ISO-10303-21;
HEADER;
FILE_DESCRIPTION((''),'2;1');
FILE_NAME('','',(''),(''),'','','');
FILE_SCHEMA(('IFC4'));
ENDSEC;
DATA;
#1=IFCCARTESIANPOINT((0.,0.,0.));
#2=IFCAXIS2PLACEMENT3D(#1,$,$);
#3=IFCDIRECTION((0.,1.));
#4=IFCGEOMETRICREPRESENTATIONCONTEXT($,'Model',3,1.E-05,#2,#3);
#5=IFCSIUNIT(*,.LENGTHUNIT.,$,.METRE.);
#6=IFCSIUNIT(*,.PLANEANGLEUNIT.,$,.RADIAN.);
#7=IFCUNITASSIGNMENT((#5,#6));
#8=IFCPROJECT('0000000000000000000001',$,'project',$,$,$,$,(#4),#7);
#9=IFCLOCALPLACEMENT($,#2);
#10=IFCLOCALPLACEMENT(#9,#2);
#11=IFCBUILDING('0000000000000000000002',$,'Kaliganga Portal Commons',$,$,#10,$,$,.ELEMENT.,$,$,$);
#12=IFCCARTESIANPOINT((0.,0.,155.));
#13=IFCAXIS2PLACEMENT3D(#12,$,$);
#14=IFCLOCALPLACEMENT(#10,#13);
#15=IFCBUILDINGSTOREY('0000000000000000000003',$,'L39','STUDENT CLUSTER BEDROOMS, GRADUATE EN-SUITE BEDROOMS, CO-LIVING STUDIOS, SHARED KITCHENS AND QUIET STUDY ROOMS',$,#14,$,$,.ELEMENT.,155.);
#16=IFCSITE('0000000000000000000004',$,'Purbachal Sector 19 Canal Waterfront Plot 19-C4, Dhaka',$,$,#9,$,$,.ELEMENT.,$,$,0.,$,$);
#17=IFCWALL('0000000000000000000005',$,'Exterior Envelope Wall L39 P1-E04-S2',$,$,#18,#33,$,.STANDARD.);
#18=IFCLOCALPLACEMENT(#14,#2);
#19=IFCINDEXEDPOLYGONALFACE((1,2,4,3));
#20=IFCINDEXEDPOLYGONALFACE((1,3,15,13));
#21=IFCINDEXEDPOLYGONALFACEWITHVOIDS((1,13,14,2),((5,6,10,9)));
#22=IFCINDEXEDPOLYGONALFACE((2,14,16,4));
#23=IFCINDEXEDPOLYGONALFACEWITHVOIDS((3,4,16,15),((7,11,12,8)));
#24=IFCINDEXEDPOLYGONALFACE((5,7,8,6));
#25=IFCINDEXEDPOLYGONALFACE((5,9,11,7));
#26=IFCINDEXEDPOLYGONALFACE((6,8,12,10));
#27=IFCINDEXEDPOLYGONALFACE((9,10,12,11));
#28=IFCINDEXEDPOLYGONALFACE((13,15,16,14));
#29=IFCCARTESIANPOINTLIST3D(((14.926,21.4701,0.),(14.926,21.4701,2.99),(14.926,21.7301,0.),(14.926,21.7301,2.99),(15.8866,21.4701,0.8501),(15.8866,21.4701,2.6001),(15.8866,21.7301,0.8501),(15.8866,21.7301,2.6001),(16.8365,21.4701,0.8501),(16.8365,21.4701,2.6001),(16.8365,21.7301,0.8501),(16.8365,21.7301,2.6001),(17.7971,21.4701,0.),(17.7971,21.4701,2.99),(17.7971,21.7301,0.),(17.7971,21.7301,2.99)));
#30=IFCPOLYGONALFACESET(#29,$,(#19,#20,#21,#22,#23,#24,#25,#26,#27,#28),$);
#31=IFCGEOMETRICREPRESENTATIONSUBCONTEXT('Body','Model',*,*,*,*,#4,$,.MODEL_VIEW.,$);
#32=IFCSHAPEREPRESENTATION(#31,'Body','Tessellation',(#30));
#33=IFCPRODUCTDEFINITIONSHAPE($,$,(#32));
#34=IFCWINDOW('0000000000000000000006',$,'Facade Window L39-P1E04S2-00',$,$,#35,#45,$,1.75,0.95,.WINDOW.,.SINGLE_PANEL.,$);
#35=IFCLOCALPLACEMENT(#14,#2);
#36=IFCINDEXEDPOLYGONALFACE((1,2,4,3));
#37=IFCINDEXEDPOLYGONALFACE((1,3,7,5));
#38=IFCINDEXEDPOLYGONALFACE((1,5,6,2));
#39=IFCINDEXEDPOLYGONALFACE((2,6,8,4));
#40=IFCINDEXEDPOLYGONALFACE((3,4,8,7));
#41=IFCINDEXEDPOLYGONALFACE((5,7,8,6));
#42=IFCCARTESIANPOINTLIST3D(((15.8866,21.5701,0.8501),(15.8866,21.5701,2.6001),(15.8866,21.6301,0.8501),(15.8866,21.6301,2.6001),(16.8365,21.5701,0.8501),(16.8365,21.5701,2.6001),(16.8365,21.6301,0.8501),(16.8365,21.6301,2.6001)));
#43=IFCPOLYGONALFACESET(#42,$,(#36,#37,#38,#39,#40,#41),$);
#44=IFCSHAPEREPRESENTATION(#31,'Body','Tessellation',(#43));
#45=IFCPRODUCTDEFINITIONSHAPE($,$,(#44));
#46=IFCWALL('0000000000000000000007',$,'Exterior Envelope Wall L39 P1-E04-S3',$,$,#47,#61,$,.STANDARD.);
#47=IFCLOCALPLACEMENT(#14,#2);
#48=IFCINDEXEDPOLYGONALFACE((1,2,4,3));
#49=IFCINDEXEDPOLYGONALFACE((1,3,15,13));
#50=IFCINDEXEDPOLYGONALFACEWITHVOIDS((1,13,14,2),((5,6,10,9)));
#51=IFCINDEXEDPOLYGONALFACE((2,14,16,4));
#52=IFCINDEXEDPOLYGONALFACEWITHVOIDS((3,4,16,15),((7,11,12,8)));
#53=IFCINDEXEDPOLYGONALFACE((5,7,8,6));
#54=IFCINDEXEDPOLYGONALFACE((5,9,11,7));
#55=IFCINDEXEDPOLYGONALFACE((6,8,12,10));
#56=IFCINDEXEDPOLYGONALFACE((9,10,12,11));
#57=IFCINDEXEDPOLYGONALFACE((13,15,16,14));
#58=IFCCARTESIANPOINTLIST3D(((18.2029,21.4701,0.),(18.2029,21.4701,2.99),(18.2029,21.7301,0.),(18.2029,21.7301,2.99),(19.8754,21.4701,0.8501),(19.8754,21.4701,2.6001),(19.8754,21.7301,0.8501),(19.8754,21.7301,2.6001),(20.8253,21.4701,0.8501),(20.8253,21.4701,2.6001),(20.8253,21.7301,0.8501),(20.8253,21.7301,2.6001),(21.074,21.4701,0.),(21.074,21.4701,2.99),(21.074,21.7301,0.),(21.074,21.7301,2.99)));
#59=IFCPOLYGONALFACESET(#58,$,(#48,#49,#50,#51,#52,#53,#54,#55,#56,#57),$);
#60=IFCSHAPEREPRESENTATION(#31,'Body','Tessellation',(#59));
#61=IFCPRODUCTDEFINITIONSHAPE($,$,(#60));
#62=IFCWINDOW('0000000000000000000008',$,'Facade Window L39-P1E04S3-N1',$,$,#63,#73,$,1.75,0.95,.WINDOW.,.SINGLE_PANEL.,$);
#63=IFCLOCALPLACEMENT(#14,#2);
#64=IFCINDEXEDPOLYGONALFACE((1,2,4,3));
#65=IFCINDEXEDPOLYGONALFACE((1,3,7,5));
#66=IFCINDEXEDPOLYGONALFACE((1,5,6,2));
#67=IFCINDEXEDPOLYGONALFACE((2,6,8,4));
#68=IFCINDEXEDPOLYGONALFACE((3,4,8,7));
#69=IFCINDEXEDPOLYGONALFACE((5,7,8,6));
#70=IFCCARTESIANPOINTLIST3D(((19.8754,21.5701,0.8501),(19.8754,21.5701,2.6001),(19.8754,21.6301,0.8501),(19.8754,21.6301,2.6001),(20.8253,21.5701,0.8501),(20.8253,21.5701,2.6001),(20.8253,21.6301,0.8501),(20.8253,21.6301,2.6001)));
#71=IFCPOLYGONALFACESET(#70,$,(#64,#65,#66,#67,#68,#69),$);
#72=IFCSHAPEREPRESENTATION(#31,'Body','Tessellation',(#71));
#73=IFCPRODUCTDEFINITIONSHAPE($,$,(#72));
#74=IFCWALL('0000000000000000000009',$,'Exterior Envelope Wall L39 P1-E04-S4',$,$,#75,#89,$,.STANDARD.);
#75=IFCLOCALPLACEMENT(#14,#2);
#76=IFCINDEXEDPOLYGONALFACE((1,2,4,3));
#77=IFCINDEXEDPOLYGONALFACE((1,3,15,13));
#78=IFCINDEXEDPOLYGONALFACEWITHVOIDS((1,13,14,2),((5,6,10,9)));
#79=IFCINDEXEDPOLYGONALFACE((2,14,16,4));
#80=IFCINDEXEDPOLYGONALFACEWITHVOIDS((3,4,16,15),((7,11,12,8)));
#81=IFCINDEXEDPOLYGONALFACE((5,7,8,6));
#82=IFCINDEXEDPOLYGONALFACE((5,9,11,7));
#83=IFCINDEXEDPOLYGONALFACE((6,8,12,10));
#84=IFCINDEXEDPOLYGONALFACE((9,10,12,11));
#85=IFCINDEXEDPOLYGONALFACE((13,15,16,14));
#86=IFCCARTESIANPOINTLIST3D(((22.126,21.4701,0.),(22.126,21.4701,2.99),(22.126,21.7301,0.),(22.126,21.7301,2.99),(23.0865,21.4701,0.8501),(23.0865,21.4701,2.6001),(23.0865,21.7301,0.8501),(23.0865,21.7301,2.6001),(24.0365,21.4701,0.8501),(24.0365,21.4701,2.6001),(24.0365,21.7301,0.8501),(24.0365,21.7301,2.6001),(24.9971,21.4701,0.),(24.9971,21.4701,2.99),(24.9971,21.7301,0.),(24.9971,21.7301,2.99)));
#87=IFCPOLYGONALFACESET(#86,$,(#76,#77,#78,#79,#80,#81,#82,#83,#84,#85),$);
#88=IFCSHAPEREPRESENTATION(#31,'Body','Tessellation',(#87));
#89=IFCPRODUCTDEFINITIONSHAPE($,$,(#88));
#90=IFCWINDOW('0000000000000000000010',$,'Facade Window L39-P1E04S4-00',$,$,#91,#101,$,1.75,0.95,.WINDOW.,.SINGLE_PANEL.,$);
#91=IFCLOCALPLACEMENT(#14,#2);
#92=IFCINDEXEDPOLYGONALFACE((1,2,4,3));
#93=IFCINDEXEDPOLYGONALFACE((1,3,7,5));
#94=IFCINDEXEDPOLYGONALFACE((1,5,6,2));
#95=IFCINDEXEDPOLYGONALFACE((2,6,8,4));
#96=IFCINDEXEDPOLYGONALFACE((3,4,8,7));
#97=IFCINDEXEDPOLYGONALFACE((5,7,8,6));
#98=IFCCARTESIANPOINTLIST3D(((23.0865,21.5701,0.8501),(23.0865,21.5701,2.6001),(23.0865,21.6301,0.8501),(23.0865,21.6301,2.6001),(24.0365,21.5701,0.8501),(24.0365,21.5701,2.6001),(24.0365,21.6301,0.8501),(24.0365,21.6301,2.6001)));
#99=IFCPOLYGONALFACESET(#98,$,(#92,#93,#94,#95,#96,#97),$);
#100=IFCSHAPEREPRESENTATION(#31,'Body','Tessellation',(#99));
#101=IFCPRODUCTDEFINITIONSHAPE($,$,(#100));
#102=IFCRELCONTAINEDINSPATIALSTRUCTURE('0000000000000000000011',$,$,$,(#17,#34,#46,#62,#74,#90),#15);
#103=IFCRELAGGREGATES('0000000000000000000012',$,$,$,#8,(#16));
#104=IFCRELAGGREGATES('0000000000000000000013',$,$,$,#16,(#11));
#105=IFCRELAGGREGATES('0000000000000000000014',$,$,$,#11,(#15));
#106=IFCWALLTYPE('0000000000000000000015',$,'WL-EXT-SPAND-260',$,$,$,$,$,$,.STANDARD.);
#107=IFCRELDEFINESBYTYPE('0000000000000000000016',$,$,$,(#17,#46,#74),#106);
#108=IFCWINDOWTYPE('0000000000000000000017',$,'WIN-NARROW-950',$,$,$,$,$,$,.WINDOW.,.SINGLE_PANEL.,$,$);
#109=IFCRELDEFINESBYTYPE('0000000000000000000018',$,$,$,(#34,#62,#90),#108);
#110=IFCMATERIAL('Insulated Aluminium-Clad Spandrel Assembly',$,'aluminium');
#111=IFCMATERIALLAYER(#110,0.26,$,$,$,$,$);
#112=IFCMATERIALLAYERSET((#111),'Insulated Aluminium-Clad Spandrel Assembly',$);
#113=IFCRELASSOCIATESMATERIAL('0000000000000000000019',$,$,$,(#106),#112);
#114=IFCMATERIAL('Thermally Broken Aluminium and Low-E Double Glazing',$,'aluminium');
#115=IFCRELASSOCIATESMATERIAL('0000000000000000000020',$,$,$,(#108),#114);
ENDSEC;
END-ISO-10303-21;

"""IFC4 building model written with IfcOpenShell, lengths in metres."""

from ifc_helpers import new_model, si_unit, direction, frame, frame_2d, origin, place, context, subcontext, project, spatial, rectangle, extrude, material, layer, layer_set, type_object, element, fill, save


model = new_model("IFC4")

# Units and contexts
model_context = context("Model", 3, precision=1e-05, world=origin(), true_north=direction((0.0, 1.0)))
body_context = subcontext(model_context, "Body", "Model", "MODEL_VIEW")
ifc_project = project(units=[si_unit("LENGTHUNIT", "METRE"), si_unit("PLANEANGLEUNIT", "RADIAN")], contexts=[model_context])

# Site, building, storey
site_placement = place(None, origin())
site = spatial("IfcSite", under=ifc_project, at=site_placement, Name="Purbachal Sector 19 Canal Waterfront Plot 19-C4, Dhaka", CompositionType="ELEMENT", RefElevation=0.0)
building_placement = place(site_placement, origin())
building = spatial("IfcBuilding", under=site, at=building_placement, Name="Kaliganga Portal Commons", CompositionType="ELEMENT")
storey_placement = place(building_placement, frame((0.0, 0.0, 155.0)))
storey = spatial("IfcBuildingStorey", under=building, at=storey_placement, Name="L39", Description="STUDENT CLUSTER BEDROOMS, GRADUATE EN-SUITE BEDROOMS, CO-LIVING STUDIOS, SHARED KITCHENS AND QUIET STUDY ROOMS", CompositionType="ELEMENT", Elevation=155.0)

# Shared definitions
ifc_material_1 = material(Name="Insulated Aluminium-Clad Spandrel Assembly", Category="aluminium")
ifc_layer_1 = layer(ifc_material_1, 0.26)
ifc_layer_set_1 = layer_set([ifc_layer_1], Name="Insulated Aluminium-Clad Spandrel Assembly")
wall_type = type_object("IfcWallType", Name="WL-EXT-SPAND-260", PredefinedType="STANDARD", material=ifc_layer_set_1)
ifc_material_2 = material(Name="Thermally Broken Aluminium and Low-E Double Glazing", Category="aluminium")

# Walls, openings, windows
wall_1_placement = place(storey_placement, frame((17.7971, 21.6001, 0.0), z_axis=(0.0, 0.0, 1.0), x_axis=(-1.0, 0.0, 0.0)))
wall_1 = element("IfcWall", 1, at=wall_1_placement, inside=storey, type_object=wall_type, Name="Exterior Envelope Wall L39 P1-E04-S2", PredefinedType="STANDARD", context=body_context, shape_type="SweptSolid", body=[
    extrude(rectangle(XDim=2.8711, YDim=0.26, at=frame_2d((1.4355, 0.0))), origin(), (0.0, 0.0, 1.0), 2.99),
])
opening_1_placement = place(wall_1_placement, frame((0.9604, 0.0, 0.8501)))
opening_1 = element("IfcOpeningElement", 2, at=opening_1_placement, cuts=wall_1, PredefinedType="OPENING", context=body_context, shape_type="SweptSolid", body=[
    extrude(rectangle(XDim=0.95, YDim=1.75, at=frame_2d((0.4751, 0.875))), frame((0.0, 0.1401, 0.0), z_axis=(0.0, -1.0, 0.0), x_axis=(1.0, 0.0, 0.0)), (0.0, 0.0, 1.0), 0.28),
])
window_type_1 = type_object("IfcWindowType", Name="WIN-NARROW-950", PartitioningType="SINGLE_PANEL", PredefinedType="WINDOW", material=ifc_material_2)
window_1_placement = place(opening_1_placement, origin())
window_1 = element("IfcWindow", 3, at=window_1_placement, inside=storey, type_object=window_type_1, Name="Facade Window L39-P1E04S2-00", OverallHeight=1.75, OverallWidth=0.95, PartitioningType="SINGLE_PANEL", PredefinedType="WINDOW", context=body_context, shape_type="SweptSolid", body=[
    extrude(rectangle(XDim=0.95, YDim=1.75, at=frame_2d((0.4751, 0.875))), frame((0.0, 0.03, 0.0), z_axis=(0.0, -1.0, 0.0), x_axis=(1.0, 0.0, 0.0)), (0.0, 0.0, 1.0), 0.0601),
])
fill(opening_1, window_1)
wall_2_placement = place(storey_placement, frame((21.074, 21.6001, 0.0), z_axis=(0.0, 0.0, 1.0), x_axis=(-1.0, 0.0, 0.0)))
wall_2 = element("IfcWall", 4, at=wall_2_placement, inside=storey, type_object=wall_type, Name="Exterior Envelope Wall L39 P1-E04-S3", PredefinedType="STANDARD", context=body_context, shape_type="SweptSolid", body=[
    extrude(rectangle(XDim=2.8711, YDim=0.26, at=frame_2d((1.4355, 0.0))), origin(), (0.0, 0.0, 1.0), 2.99),
])
opening_2_placement = place(wall_2_placement, frame((0.2485, 0.0, 0.8501)))
opening_2 = element("IfcOpeningElement", 5, at=opening_2_placement, cuts=wall_2, PredefinedType="OPENING", context=body_context, shape_type="SweptSolid", body=[
    extrude(rectangle(XDim=0.95, YDim=1.75, at=frame_2d((0.4751, 0.875))), frame((0.0, 0.1401, 0.0), z_axis=(0.0, -1.0, 0.0), x_axis=(1.0, 0.0, 0.0)), (0.0, 0.0, 1.0), 0.28),
])
window_2_placement = place(opening_2_placement, origin())
window_2 = element("IfcWindow", 6, at=window_2_placement, inside=storey, type_object=window_type_1, Name="Facade Window L39-P1E04S3-N1", OverallHeight=1.75, OverallWidth=0.95, PartitioningType="SINGLE_PANEL", PredefinedType="WINDOW", context=body_context, shape_type="SweptSolid", body=[
    extrude(rectangle(XDim=0.95, YDim=1.75, at=frame_2d((0.4751, 0.875))), frame((0.0, 0.03, 0.0), z_axis=(0.0, -1.0, 0.0), x_axis=(1.0, 0.0, 0.0)), (0.0, 0.0, 1.0), 0.0601),
])
fill(opening_2, window_2)
wall_3_placement = place(storey_placement, frame((24.9971, 21.6001, 0.0), z_axis=(0.0, 0.0, 1.0), x_axis=(-1.0, 0.0, 0.0)))
wall_3 = element("IfcWall", 7, at=wall_3_placement, inside=storey, type_object=wall_type, Name="Exterior Envelope Wall L39 P1-E04-S4", PredefinedType="STANDARD", context=body_context, shape_type="SweptSolid", body=[
    extrude(rectangle(XDim=2.8711, YDim=0.26, at=frame_2d((1.4355, 0.0))), origin(), (0.0, 0.0, 1.0), 2.99),
])
opening_3_placement = place(wall_3_placement, frame((0.9604, 0.0, 0.8501)))
opening_3 = element("IfcOpeningElement", 8, at=opening_3_placement, cuts=wall_3, PredefinedType="OPENING", context=body_context, shape_type="SweptSolid", body=[
    extrude(rectangle(XDim=0.95, YDim=1.75, at=frame_2d((0.4751, 0.875))), frame((0.0, 0.1401, 0.0), z_axis=(0.0, -1.0, 0.0), x_axis=(1.0, 0.0, 0.0)), (0.0, 0.0, 1.0), 0.28),
])
window_3_placement = place(opening_3_placement, origin())
window_3 = element("IfcWindow", 9, at=window_3_placement, inside=storey, type_object=window_type_1, Name="Facade Window L39-P1E04S4-00", OverallHeight=1.75, OverallWidth=0.95, PartitioningType="SINGLE_PANEL", PredefinedType="WINDOW", context=body_context, shape_type="SweptSolid", body=[
    extrude(rectangle(XDim=0.95, YDim=1.75, at=frame_2d((0.4751, 0.875))), frame((0.0, 0.03, 0.0), z_axis=(0.0, -1.0, 0.0), x_axis=(1.0, 0.0, 0.0)), (0.0, 0.0, 1.0), 0.0601),
])
fill(opening_3, window_3)

save(model, "model.ifc")
